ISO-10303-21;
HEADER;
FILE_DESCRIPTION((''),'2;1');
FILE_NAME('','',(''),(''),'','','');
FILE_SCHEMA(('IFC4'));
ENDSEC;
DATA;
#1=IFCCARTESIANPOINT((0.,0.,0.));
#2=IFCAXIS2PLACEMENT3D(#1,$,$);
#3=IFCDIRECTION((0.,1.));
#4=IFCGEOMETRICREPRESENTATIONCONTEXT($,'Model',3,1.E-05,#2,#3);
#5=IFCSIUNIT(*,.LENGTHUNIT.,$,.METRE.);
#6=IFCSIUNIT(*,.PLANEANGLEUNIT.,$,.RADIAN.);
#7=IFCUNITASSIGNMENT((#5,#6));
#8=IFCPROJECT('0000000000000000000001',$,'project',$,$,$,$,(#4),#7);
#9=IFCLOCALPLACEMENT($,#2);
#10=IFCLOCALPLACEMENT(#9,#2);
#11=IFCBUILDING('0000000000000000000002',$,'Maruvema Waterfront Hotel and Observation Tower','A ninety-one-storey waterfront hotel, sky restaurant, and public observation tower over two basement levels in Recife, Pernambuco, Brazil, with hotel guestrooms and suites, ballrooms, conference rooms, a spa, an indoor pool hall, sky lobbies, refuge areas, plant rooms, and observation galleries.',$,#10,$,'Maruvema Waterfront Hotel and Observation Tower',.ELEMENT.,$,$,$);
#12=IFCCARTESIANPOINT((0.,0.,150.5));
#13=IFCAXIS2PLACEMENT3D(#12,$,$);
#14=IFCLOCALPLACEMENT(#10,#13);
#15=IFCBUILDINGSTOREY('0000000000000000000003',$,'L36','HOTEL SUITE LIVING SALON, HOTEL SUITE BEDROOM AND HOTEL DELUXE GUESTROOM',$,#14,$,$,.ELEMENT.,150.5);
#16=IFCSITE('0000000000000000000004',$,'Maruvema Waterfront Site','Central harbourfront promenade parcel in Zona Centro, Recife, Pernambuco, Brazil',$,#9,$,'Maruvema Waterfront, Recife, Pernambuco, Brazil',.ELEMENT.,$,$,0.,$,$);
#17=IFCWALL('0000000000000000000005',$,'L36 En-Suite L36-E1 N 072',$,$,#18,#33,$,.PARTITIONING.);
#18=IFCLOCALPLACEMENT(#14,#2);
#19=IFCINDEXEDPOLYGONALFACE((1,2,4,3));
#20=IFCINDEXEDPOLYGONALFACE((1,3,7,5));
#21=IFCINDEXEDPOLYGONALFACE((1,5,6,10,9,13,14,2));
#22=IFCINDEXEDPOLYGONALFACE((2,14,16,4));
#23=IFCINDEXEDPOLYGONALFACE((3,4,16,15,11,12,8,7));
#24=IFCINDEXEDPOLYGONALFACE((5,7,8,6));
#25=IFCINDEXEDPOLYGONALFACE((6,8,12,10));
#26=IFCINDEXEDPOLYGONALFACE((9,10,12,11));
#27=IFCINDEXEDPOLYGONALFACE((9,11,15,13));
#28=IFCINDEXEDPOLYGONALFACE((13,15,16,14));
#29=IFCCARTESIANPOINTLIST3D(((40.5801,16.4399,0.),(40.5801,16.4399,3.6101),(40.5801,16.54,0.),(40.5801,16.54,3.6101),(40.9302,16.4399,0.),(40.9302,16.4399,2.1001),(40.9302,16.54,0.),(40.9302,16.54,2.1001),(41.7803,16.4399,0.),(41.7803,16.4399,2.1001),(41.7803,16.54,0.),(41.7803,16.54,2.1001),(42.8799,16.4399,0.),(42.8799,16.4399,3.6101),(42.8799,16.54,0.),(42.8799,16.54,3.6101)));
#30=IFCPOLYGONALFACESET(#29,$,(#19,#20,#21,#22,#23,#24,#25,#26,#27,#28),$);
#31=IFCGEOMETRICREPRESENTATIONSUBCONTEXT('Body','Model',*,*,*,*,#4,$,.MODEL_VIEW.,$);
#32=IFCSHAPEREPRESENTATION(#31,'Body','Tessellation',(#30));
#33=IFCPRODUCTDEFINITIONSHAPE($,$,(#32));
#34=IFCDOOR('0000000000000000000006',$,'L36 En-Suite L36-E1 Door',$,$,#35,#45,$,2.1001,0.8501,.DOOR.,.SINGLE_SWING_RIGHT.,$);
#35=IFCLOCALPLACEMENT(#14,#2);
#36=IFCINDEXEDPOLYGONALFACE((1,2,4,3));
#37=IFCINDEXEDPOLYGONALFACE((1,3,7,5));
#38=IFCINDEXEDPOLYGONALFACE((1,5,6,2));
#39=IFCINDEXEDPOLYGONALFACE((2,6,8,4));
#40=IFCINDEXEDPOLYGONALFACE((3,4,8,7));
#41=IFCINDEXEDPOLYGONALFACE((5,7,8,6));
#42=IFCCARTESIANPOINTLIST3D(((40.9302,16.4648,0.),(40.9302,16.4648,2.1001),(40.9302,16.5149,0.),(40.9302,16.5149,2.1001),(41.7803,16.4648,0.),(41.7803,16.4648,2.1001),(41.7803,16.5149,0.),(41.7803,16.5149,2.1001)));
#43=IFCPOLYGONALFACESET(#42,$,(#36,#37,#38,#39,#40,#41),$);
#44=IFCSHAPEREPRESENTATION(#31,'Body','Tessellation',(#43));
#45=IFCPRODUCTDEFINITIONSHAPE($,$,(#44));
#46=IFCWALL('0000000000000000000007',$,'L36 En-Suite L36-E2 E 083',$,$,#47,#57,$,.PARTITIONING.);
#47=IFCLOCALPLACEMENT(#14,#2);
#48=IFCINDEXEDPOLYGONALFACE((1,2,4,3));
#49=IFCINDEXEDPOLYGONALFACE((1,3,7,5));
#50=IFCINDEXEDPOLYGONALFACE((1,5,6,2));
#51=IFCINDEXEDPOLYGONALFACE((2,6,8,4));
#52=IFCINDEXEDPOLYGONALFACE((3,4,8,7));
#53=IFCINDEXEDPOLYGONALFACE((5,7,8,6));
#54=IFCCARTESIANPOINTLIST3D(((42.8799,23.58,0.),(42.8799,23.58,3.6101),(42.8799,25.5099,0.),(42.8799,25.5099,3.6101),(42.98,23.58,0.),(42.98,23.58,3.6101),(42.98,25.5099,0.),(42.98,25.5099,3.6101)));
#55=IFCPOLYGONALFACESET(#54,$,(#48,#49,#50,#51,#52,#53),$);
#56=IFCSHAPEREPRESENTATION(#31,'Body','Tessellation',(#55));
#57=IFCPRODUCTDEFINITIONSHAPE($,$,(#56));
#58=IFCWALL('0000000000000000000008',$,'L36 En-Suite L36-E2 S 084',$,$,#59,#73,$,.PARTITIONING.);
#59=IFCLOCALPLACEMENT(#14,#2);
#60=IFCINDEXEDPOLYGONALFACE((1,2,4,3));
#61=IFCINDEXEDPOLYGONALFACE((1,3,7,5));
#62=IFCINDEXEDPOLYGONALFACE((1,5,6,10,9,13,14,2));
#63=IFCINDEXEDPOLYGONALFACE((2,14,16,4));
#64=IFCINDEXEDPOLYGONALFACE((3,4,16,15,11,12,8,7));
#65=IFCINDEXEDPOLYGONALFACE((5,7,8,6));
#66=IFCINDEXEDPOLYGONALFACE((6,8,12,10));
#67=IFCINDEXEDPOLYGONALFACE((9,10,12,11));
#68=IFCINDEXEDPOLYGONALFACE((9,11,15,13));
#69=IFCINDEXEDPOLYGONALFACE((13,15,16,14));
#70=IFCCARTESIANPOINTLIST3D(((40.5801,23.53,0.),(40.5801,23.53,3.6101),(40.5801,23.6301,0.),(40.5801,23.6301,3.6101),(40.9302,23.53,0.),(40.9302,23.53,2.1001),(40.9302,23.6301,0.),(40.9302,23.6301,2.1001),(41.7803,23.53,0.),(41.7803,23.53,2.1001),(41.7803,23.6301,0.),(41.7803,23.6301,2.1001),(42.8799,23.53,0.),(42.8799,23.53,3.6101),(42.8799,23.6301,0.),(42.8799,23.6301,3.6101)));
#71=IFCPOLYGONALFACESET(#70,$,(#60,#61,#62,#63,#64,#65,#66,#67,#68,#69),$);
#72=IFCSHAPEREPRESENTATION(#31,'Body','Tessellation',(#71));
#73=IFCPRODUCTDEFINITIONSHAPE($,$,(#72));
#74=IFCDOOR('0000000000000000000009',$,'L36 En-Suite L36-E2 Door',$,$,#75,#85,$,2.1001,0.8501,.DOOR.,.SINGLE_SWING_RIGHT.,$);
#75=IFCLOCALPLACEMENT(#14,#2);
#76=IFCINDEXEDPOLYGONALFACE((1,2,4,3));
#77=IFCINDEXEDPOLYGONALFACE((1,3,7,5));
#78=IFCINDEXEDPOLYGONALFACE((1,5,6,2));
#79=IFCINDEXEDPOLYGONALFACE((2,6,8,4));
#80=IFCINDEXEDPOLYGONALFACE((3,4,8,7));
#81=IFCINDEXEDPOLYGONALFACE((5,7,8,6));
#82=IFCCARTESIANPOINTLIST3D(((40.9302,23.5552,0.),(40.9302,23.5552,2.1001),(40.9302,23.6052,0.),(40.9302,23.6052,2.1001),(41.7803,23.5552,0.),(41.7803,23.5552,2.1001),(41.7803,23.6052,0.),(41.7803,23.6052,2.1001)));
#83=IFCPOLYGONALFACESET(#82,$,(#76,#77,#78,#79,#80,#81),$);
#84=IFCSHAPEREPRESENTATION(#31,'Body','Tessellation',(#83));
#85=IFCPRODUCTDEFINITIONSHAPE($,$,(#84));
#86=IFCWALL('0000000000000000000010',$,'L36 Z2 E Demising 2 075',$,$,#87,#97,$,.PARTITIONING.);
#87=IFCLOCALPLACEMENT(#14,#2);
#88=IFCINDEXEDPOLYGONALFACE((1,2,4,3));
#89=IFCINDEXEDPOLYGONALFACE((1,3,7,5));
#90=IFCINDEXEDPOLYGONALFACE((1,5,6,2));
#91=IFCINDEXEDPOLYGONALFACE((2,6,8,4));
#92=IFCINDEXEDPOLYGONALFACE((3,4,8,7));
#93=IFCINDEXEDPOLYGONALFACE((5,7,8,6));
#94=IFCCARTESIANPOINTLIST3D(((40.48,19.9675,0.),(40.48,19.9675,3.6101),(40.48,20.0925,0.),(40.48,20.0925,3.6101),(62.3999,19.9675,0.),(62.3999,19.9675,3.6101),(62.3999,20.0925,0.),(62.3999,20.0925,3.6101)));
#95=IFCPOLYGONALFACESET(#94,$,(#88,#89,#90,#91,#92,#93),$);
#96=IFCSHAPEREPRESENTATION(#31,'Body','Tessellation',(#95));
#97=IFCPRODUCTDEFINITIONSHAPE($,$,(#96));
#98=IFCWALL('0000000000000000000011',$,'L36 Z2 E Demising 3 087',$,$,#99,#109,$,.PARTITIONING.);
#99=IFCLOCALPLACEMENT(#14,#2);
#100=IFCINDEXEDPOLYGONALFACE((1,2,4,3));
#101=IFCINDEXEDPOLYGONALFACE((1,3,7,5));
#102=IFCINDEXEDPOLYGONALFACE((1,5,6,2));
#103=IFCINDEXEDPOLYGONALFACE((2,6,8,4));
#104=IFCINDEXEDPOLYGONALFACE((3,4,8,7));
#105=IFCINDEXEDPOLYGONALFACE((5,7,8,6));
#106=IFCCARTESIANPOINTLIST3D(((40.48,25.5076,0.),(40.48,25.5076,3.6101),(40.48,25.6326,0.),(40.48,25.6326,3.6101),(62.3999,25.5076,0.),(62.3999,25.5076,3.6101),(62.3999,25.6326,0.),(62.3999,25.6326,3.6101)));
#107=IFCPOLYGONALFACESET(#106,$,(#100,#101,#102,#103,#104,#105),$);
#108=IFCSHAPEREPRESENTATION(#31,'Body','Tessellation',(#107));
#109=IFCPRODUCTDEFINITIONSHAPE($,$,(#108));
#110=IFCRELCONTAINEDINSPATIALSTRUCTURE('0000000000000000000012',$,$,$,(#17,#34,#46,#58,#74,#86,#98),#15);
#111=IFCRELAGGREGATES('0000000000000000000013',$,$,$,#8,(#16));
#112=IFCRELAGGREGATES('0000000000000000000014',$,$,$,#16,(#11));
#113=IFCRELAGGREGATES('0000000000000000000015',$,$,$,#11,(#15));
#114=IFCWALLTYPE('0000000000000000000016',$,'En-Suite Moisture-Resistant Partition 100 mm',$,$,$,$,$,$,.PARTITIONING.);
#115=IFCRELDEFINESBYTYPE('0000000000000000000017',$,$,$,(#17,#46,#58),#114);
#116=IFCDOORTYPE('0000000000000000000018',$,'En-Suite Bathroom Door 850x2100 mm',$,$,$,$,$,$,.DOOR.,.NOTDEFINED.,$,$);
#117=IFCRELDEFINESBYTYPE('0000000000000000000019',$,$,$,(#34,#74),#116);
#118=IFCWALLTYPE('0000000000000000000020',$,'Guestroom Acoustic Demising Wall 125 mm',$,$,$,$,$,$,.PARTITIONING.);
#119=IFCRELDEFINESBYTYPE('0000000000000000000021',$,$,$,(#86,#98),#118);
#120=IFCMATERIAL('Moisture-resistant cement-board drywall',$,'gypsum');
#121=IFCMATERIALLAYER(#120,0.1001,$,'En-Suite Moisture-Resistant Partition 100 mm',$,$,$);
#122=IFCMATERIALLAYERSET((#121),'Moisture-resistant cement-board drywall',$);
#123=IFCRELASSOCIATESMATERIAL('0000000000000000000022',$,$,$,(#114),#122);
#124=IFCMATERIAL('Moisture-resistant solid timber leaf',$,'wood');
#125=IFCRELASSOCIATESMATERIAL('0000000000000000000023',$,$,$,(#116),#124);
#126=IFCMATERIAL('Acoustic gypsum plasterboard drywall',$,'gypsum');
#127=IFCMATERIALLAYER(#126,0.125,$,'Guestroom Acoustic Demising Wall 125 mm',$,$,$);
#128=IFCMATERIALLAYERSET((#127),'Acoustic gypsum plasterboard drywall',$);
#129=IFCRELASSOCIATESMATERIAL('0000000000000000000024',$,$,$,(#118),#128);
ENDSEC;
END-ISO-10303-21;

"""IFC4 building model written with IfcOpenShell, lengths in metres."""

from ifc_helpers import new_model, si_unit, direction, frame, frame_2d, origin, place, context, subcontext, project, spatial, rectangle, extrude, material, layer, layer_set, type_object, element, fill, save


model = new_model("IFC4")

# Units and contexts
model_context = context("Model", 3, precision=1e-05, world=origin(), true_north=direction((0.0, 1.0)))
body_context = subcontext(model_context, "Body", "Model", "MODEL_VIEW")
ifc_project = project(units=[si_unit("LENGTHUNIT", "METRE"), si_unit("PLANEANGLEUNIT", "RADIAN")], contexts=[model_context])

# Site, building, storey
site_placement = place(None, origin())
site = spatial("IfcSite", under=ifc_project, at=site_placement, Name="Maruvema Waterfront Site", Description="Central harbourfront promenade parcel in Zona Centro, Recife, Pernambuco, Brazil", LongName="Maruvema Waterfront, Recife, Pernambuco, Brazil", CompositionType="ELEMENT", RefElevation=0.0)
building_placement = place(site_placement, origin())
building = spatial("IfcBuilding", under=site, at=building_placement, Name="Maruvema Waterfront Hotel and Observation Tower", Description="A ninety-one-storey waterfront hotel, sky restaurant, and public observation tower over two basement levels in Recife, Pernambuco, Brazil, with hotel guestrooms and suites, ballrooms, conference rooms, a spa, an indoor pool hall, sky lobbies, refuge areas, plant rooms, and observation galleries.", LongName="Maruvema Waterfront Hotel and Observation Tower", CompositionType="ELEMENT")
storey_placement = place(building_placement, frame((0.0, 0.0, 150.5)))
storey = spatial("IfcBuildingStorey", under=building, at=storey_placement, Name="L36", Description="HOTEL SUITE LIVING SALON, HOTEL SUITE BEDROOM AND HOTEL DELUXE GUESTROOM", CompositionType="ELEMENT", Elevation=150.5)

# Wall, opening, door
ifc_material_1 = material(Name="Moisture-resistant cement-board drywall", Category="gypsum")
ifc_layer_1 = layer(ifc_material_1, 0.1001, Name="En-Suite Moisture-Resistant Partition 100 mm")
ifc_layer_set_1 = layer_set([ifc_layer_1], Name="Moisture-resistant cement-board drywall")
wall_type_1 = type_object("IfcWallType", Name="En-Suite Moisture-Resistant Partition 100 mm", PredefinedType="PARTITIONING", material=ifc_layer_set_1)
wall_1_placement = place(storey_placement, frame((40.5801, 16.49, 0.0), z_axis=(0.0, 0.0, 1.0), x_axis=(1.0, 0.0, 0.0)))
wall_1 = element("IfcWall", 1, at=wall_1_placement, inside=storey, type_object=wall_type_1, Name="L36 En-Suite L36-E1 N 072", PredefinedType="PARTITIONING", context=body_context, shape_type="SweptSolid", body=[
    extrude(rectangle(XDim=2.2998, YDim=0.1001, at=frame_2d((1.1499, 0.0))), origin(), (0.0, 0.0, 1.0), 3.6101),
])
opening_1_placement = place(wall_1_placement, frame((0.3501, 0.0, 0.0)))
opening_1 = element("IfcOpeningElement", 2, at=opening_1_placement, cuts=wall_1, PredefinedType="OPENING", context=body_context, shape_type="SweptSolid", body=[
    extrude(rectangle(XDim=0.8501, YDim=2.1001, at=frame_2d((0.425, 1.05))), frame((0.0, 0.0601, 0.0), z_axis=(0.0, -1.0, 0.0), x_axis=(1.0, 0.0, 0.0)), (0.0, 0.0, 1.0), 0.1201),
])
ifc_material_2 = material(Name="Moisture-resistant solid timber leaf", Category="wood")
door_type_1 = type_object("IfcDoorType", Name="En-Suite Bathroom Door 850x2100 mm", OperationType="NOTDEFINED", PredefinedType="DOOR", material=ifc_material_2)
door_1_placement = place(opening_1_placement, origin())
door_1 = element("IfcDoor", 3, at=door_1_placement, inside=storey, type_object=door_type_1, Name="L36 En-Suite L36-E1 Door", OperationType="SINGLE_SWING_RIGHT", OverallHeight=2.1001, OverallWidth=0.8501, PredefinedType="DOOR", context=body_context, shape_type="SweptSolid", body=[
    extrude(rectangle(XDim=0.8501, YDim=2.1001, at=frame_2d((0.425, 1.05))), frame((0.0, 0.0249, 0.0), z_axis=(0.0, -1.0, 0.0), x_axis=(1.0, 0.0, 0.0)), (0.0, 0.0, 1.0), 0.05),
])
fill(opening_1, door_1)

# Wall
wall_2_placement = place(storey_placement, frame((42.9299, 23.5801, 0.0), z_axis=(0.0, 0.0, 1.0), x_axis=(0.0, 1.0, 0.0)))
element("IfcWall", 4, at=wall_2_placement, inside=storey, type_object=wall_type_1, Name="L36 En-Suite L36-E2 E 083", PredefinedType="PARTITIONING", context=body_context, shape_type="SweptSolid", body=[
    extrude(rectangle(XDim=1.9299, YDim=0.1001, at=frame_2d((0.9648, 0.0))), origin(), (0.0, 0.0, 1.0), 3.6101),
])

# Wall, opening, door
wall_3_placement = place(storey_placement, frame((40.5801, 23.5801, 0.0), z_axis=(0.0, 0.0, 1.0), x_axis=(1.0, 0.0, 0.0)))
wall_3 = element("IfcWall", 5, at=wall_3_placement, inside=storey, type_object=wall_type_1, Name="L36 En-Suite L36-E2 S 084", PredefinedType="PARTITIONING", context=body_context, shape_type="SweptSolid", body=[
    extrude(rectangle(XDim=2.2998, YDim=0.1001, at=frame_2d((1.1499, 0.0))), origin(), (0.0, 0.0, 1.0), 3.6101),
])
opening_2_placement = place(wall_3_placement, frame((0.3501, 0.0, 0.0)))
opening_2 = element("IfcOpeningElement", 6, at=opening_2_placement, cuts=wall_3, PredefinedType="OPENING", context=body_context, shape_type="SweptSolid", body=[
    extrude(rectangle(XDim=0.8501, YDim=2.1001, at=frame_2d((0.425, 1.05))), frame((0.0, 0.0601, 0.0), z_axis=(0.0, -1.0, 0.0), x_axis=(1.0, 0.0, 0.0)), (0.0, 0.0, 1.0), 0.1201),
])
door_2_placement = place(opening_2_placement, frame((0.8501, 0.0, 0.0), z_axis=(0.0, 0.0, 1.0), x_axis=(-1.0, 0.0, 0.0)))
door_2 = element("IfcDoor", 7, at=door_2_placement, inside=storey, type_object=door_type_1, Name="L36 En-Suite L36-E2 Door", OperationType="SINGLE_SWING_RIGHT", OverallHeight=2.1001, OverallWidth=0.8501, PredefinedType="DOOR", context=body_context, shape_type="SweptSolid", body=[
    extrude(rectangle(XDim=0.8501, YDim=2.1001, at=frame_2d((0.425, 1.05))), frame((0.0, 0.0249, 0.0), z_axis=(0.0, -1.0, 0.0), x_axis=(1.0, 0.0, 0.0)), (0.0, 0.0, 1.0), 0.05),
])
fill(opening_2, door_2)

# Walls
ifc_material_3 = material(Name="Acoustic gypsum plasterboard drywall", Category="gypsum")
ifc_layer_2 = layer(ifc_material_3, 0.125, Name="Guestroom Acoustic Demising Wall 125 mm")
ifc_layer_set_2 = layer_set([ifc_layer_2], Name="Acoustic gypsum plasterboard drywall")
wall_type_2 = type_object("IfcWallType", Name="Guestroom Acoustic Demising Wall 125 mm", PredefinedType="PARTITIONING", material=ifc_layer_set_2)
for number, where, z_axis, x_axis, name in (
    (8, (40.48, 20.03, 0.0), (0.0, 0.0, 1.0), (1.0, 0.0, 0.0), "L36 Z2 E Demising 2 075"),
    (9, (40.48, 25.5701, 0.0), (0.0, 0.0, 1.0), (1.0, 0.0, 0.0), "L36 Z2 E Demising 3 087"),
):
    element("IfcWall", number, at=place(storey_placement, frame(where, z_axis=z_axis, x_axis=x_axis)), inside=storey, type_object=wall_type_2, Name=name, PredefinedType="PARTITIONING", context=body_context, shape_type="SweptSolid", body=[
        extrude(rectangle(XDim=21.9199, YDim=0.125, at=frame_2d((10.96, 0.0))), origin(), (0.0, 0.0, 1.0), 3.6101),
    ])

save(model, "model.ifc")
